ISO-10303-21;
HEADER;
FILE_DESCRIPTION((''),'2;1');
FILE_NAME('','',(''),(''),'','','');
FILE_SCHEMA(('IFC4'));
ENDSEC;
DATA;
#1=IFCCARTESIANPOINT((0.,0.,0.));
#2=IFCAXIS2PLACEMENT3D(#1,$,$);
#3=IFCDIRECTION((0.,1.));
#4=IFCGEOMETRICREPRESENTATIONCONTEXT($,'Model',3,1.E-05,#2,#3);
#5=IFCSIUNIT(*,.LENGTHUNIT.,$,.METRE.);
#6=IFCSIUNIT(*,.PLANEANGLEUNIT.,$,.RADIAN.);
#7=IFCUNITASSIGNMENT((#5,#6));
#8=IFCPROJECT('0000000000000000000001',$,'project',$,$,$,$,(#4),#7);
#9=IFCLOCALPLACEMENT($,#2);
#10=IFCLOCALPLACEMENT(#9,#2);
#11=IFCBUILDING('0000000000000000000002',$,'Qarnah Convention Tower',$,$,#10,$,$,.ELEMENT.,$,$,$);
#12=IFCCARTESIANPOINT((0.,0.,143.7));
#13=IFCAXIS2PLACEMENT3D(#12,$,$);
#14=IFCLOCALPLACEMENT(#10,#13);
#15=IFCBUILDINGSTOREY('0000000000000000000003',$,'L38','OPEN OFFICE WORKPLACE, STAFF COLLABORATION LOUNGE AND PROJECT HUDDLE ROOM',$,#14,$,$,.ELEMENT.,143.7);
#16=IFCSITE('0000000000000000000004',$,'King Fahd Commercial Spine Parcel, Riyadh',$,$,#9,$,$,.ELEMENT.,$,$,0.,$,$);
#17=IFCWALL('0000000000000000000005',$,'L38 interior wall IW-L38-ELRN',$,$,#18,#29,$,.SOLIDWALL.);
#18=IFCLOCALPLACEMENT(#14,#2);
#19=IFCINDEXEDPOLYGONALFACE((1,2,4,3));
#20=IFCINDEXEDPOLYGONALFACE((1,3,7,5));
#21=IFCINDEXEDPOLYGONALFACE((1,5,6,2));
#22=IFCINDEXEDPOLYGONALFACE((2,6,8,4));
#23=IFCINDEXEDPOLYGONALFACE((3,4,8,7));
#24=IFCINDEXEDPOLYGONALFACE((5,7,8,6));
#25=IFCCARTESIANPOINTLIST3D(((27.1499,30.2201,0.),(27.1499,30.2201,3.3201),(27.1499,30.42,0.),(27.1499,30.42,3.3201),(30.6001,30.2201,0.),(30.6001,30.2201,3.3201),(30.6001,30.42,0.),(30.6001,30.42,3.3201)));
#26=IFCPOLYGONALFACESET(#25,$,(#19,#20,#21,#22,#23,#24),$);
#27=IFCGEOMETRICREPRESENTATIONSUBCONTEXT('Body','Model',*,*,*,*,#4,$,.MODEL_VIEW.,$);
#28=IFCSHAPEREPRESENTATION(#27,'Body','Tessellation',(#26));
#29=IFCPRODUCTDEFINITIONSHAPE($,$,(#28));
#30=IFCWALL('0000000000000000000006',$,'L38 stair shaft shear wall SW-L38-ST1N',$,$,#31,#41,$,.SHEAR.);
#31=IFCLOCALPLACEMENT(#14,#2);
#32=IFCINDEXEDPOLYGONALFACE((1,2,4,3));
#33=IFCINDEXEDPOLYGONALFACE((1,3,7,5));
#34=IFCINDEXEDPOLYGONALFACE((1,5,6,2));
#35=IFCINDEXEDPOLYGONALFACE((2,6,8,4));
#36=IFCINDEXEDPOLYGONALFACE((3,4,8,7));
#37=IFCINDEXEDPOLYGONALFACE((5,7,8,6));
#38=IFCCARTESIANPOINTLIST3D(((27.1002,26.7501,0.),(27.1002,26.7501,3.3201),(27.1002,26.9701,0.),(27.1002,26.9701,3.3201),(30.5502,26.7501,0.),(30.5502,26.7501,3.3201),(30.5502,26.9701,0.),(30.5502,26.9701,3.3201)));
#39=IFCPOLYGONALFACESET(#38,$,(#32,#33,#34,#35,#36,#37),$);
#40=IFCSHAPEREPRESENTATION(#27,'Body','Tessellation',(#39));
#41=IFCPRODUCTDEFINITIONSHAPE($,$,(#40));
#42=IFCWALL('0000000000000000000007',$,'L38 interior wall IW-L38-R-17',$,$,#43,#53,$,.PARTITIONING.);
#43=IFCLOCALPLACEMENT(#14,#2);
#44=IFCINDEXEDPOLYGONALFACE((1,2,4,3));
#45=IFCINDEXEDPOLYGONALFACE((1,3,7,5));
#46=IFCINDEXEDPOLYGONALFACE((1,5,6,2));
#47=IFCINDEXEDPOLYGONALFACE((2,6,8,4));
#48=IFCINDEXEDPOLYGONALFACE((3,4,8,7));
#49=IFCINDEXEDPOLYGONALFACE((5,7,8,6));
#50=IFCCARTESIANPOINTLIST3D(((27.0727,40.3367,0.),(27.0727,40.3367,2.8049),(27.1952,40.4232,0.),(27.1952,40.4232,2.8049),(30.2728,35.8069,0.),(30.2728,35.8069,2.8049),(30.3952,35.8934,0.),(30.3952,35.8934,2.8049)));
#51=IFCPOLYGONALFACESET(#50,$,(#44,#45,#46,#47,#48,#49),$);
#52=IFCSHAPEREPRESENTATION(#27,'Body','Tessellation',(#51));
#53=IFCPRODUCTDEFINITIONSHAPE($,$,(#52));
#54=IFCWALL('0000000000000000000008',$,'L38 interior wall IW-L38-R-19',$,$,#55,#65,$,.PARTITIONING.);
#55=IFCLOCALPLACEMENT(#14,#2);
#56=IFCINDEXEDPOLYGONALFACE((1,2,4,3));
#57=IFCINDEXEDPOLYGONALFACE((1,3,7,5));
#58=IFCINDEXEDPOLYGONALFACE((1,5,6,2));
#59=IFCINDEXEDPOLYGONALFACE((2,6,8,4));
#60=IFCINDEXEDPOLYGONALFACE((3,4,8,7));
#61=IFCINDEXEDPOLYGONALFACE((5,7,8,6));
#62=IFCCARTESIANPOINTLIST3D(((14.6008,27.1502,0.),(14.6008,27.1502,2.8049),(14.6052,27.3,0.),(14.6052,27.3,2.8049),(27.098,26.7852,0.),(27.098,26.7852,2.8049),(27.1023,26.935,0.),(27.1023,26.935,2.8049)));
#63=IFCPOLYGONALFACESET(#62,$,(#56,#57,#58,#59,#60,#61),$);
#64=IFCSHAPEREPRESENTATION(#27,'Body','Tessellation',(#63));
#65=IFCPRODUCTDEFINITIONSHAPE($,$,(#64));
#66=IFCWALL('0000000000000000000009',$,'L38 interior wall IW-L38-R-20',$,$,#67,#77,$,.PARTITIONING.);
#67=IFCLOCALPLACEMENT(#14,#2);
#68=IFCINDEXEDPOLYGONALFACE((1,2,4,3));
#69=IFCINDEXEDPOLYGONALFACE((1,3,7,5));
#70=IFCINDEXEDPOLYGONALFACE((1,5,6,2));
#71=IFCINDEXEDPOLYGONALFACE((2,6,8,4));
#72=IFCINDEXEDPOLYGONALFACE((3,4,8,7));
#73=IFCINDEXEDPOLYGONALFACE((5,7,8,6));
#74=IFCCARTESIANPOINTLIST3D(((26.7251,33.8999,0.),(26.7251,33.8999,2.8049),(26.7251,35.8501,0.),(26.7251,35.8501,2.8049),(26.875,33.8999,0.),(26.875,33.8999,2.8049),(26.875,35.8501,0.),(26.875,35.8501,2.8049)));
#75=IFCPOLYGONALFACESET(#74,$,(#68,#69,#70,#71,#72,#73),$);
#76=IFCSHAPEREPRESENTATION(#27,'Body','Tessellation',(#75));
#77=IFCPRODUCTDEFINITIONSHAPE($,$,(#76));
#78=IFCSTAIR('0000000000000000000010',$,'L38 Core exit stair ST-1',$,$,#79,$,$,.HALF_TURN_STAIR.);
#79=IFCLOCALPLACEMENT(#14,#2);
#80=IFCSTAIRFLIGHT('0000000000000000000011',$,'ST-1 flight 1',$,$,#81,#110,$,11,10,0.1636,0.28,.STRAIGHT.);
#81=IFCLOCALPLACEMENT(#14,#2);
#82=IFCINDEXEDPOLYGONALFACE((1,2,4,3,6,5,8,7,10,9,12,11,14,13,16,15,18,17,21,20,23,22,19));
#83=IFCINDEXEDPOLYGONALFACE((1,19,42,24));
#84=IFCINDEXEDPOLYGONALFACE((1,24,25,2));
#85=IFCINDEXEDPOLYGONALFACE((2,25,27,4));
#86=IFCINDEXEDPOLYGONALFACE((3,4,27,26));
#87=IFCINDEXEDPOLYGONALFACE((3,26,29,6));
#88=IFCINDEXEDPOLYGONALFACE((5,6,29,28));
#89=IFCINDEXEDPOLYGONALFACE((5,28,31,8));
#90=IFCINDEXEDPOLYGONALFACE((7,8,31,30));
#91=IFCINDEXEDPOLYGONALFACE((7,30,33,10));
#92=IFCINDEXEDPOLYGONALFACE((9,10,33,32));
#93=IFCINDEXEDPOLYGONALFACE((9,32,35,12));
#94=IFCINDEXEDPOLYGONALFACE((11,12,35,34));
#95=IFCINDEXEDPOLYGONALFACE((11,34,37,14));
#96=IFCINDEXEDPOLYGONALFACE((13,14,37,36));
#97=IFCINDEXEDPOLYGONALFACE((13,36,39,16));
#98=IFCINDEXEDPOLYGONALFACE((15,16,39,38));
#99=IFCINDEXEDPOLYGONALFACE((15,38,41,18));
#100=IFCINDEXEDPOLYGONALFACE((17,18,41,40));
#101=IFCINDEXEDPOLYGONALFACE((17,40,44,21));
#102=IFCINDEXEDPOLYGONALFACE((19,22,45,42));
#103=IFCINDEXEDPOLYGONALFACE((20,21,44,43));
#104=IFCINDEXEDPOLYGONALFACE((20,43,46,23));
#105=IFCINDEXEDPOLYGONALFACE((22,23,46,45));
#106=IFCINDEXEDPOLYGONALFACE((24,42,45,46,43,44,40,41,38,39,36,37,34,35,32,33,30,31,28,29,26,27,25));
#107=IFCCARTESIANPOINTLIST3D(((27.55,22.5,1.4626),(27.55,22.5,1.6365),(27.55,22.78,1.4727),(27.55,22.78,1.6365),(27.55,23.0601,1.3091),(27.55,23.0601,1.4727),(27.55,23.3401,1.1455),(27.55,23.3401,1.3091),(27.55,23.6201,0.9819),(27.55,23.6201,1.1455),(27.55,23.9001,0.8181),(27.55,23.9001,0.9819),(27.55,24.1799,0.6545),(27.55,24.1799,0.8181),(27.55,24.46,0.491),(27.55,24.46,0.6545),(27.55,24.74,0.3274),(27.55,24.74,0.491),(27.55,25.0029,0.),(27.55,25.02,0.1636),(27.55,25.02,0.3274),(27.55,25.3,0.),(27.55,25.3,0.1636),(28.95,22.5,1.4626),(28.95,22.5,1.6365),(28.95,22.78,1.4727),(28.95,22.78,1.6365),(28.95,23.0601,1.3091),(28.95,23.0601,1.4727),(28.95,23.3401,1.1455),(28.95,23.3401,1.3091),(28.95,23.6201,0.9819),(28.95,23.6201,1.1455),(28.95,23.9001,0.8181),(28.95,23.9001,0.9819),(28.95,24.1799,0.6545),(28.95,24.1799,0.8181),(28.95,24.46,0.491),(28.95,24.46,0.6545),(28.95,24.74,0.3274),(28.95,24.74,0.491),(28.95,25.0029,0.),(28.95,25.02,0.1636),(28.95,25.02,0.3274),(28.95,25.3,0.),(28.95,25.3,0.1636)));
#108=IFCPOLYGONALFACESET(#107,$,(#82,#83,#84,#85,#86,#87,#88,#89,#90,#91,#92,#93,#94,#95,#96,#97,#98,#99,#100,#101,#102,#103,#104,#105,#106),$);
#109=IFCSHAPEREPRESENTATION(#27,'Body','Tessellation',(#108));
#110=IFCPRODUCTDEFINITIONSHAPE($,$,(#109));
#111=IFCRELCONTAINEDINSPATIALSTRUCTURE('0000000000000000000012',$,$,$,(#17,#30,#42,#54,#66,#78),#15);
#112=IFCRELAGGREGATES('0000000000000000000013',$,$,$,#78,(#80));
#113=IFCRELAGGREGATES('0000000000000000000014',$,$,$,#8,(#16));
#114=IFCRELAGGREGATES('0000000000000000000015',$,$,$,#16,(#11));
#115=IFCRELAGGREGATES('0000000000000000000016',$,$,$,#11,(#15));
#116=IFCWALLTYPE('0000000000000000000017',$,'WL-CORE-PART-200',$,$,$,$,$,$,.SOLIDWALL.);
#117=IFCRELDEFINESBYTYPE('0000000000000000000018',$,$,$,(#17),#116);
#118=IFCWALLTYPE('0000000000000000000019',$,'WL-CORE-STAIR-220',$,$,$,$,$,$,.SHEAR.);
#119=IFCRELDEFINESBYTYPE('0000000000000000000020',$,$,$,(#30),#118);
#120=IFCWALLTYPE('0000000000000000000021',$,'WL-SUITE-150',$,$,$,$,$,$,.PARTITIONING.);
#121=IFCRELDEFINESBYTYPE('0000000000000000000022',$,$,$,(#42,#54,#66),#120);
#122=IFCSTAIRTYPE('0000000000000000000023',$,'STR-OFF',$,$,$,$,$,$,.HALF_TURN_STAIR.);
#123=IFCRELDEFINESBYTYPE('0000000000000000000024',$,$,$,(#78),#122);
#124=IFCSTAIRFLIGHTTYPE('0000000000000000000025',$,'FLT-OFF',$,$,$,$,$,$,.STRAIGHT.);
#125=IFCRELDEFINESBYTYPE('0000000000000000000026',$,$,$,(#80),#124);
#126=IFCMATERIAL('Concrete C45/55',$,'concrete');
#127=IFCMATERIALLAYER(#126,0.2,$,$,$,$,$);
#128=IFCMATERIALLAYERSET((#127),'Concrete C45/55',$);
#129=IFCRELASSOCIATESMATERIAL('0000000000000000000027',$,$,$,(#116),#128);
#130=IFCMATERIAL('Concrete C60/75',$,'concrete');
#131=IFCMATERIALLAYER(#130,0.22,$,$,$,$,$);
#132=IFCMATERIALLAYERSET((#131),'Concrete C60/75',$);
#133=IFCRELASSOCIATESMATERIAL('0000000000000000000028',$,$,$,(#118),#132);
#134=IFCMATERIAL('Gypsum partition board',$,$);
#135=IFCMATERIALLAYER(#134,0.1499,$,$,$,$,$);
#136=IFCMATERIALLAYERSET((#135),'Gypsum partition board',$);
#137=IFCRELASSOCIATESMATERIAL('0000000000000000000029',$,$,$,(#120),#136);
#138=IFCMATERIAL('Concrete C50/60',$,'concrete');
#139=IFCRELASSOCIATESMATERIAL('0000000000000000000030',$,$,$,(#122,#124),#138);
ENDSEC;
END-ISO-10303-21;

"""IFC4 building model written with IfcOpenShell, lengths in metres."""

from ifc_helpers import new_model, si_unit, direction, frame, frame_2d, origin, place, context, subcontext, project, spatial, polyline, rectangle, outline, extrude, material, layer, layer_set, type_object, element, aggregate, save


model = new_model("IFC4")

# Units and contexts
model_context = context("Model", 3, precision=1e-05, world=origin(), true_north=direction((0.0, 1.0)))
body_context = subcontext(model_context, "Body", "Model", "MODEL_VIEW")
ifc_project = project(units=[si_unit("LENGTHUNIT", "METRE"), si_unit("PLANEANGLEUNIT", "RADIAN")], contexts=[model_context])

# Site, building, storey
site_placement = place(None, origin())
site = spatial("IfcSite", under=ifc_project, at=site_placement, Name="King Fahd Commercial Spine Parcel, Riyadh", CompositionType="ELEMENT", RefElevation=0.0)
building_placement = place(site_placement, origin())
building = spatial("IfcBuilding", under=site, at=building_placement, Name="Qarnah Convention Tower", CompositionType="ELEMENT")
storey_placement = place(building_placement, frame((0.0, 0.0, 143.7)))
storey = spatial("IfcBuildingStorey", under=building, at=storey_placement, Name="L38", Description="OPEN OFFICE WORKPLACE, STAFF COLLABORATION LOUNGE AND PROJECT HUDDLE ROOM", CompositionType="ELEMENT", Elevation=143.7)

# Shared definitions
ifc_material_1 = material(Name="Concrete C60/75", Category="concrete")

# Walls
ifc_material_2 = material(Name="Concrete C45/55", Category="concrete")
ifc_layer_1 = layer(ifc_material_2, 0.2)
ifc_layer_set_1 = layer_set([ifc_layer_1], Name="Concrete C45/55")
wall_type_1 = type_object("IfcWallType", Name="WL-CORE-PART-200", PredefinedType="SOLIDWALL", material=ifc_layer_set_1)
wall_1_placement = place(storey_placement, frame((27.1499, 30.3201, 0.0), z_axis=(0.0, 0.0, 1.0), x_axis=(1.0, 0.0, 0.0)))
element("IfcWall", 1, at=wall_1_placement, inside=storey, type_object=wall_type_1, Name="L38 interior wall IW-L38-ELRN", PredefinedType="SOLIDWALL", context=body_context, shape_type="SweptSolid", body=[
    extrude(rectangle(XDim=3.4502, YDim=0.2, at=frame_2d((1.7251, 0.0))), origin(), (0.0, 0.0, 1.0), 3.3201),
])
ifc_layer_2 = layer(ifc_material_1, 0.22)
ifc_layer_set_2 = layer_set([ifc_layer_2], Name="Concrete C60/75")
wall_type_2 = type_object("IfcWallType", Name="WL-CORE-STAIR-220", PredefinedType="SHEAR", material=ifc_layer_set_2)
wall_2_placement = place(storey_placement, frame((27.1001, 26.8601, 0.0), z_axis=(0.0, 0.0, 1.0), x_axis=(1.0, 0.0, 0.0)))
element("IfcWall", 2, at=wall_2_placement, inside=storey, type_object=wall_type_2, Name="L38 stair shaft shear wall SW-L38-ST1N", PredefinedType="SHEAR", context=body_context, shape_type="SweptSolid", body=[
    extrude(rectangle(XDim=3.45, YDim=0.22, at=frame_2d((1.7251, 0.0))), origin(), (0.0, 0.0, 1.0), 3.3201),
])

# Walls
ifc_material_3 = material(Name="Gypsum partition board")
ifc_layer_3 = layer(ifc_material_3, 0.1499)
ifc_layer_set_3 = layer_set([ifc_layer_3], Name="Gypsum partition board")
wall_type_3 = type_object("IfcWallType", Name="WL-SUITE-150", PredefinedType="PARTITIONING", material=ifc_layer_set_3)
wall_3_placement = place(storey_placement, frame((27.134, 40.3799, 0.0), z_axis=(0.0, 0.0, 1.0), x_axis=(0.576979, -0.816759, 0.0)))
element("IfcWall", 3, at=wall_3_placement, inside=storey, type_object=wall_type_3, Name="L38 interior wall IW-L38-R-17", PredefinedType="PARTITIONING", context=body_context, shape_type="SweptSolid", body=[
    extrude(rectangle(XDim=5.5461, YDim=0.1499, at=frame_2d((2.7729, 0.0))), origin(), (0.0, 0.0, 1.0), 2.8049),
])
wall_4_placement = place(storey_placement, frame((14.603, 27.2251, 0.0), z_axis=(0.0, 0.0, 1.0), x_axis=(0.999574, -0.029194, 0.0)))
element("IfcWall", 4, at=wall_4_placement, inside=storey, type_object=wall_type_3, Name="L38 interior wall IW-L38-R-19", PredefinedType="PARTITIONING", context=body_context, shape_type="SweptSolid", body=[
    extrude(rectangle(XDim=12.5024, YDim=0.1499, at=frame_2d((6.2512, 0.0))), origin(), (0.0, 0.0, 1.0), 2.8049),
])
wall_5_placement = place(storey_placement, frame((26.8, 33.8999, 0.0), z_axis=(0.0, 0.0, 1.0), x_axis=(0.0, 1.0, 0.0)))
element("IfcWall", 5, at=wall_5_placement, inside=storey, type_object=wall_type_3, Name="L38 interior wall IW-L38-R-20", PredefinedType="PARTITIONING", context=body_context, shape_type="SweptSolid", body=[
    extrude(rectangle(XDim=1.9502, YDim=0.1499, at=frame_2d((0.9751, 0.0))), origin(), (0.0, 0.0, 1.0), 2.8049),
])

# Stair, stair flight
ifc_material_4 = material(Name="Concrete C50/60", Category="concrete")
stair_type = type_object("IfcStairType", Name="STR-OFF", PredefinedType="HALF_TURN_STAIR", material=ifc_material_4)
stair_placement = place(storey_placement, origin())
stair = element("IfcStair", 6, at=stair_placement, inside=storey, type_object=stair_type, Name="L38 Core exit stair ST-1", PredefinedType="HALF_TURN_STAIR")
stair_flight_type = type_object("IfcStairFlightType", Name="FLT-OFF", PredefinedType="STRAIGHT", material=ifc_material_4)
stair_flight_placement = place(storey_placement, frame((28.25, 25.3, 0.0), z_axis=(0.0, 0.0, 1.0), x_axis=(0.0, -1.0, 0.0)))
stair_flight = element("IfcStairFlight", 7, at=stair_flight_placement, type_object=stair_flight_type, Name="ST-1 flight 1", NumberOfRisers=11, NumberOfTreads=10, PredefinedType="STRAIGHT", RiserHeight=0.1636, TreadLength=0.28, context=body_context, shape_type="SweptSolid", body=[
    extrude(outline(polyline([(0.0, 0.0), (0.0, 0.1636), (0.28, 0.1636), (0.28, 0.3274), (0.5601, 0.3274), (0.5601, 0.491), (0.8401, 0.491), (0.8401, 0.6545), (1.1201, 0.6545), (1.1201, 0.8181), (1.3999, 0.8181), (1.3999, 0.9819), (1.6799, 0.9819), (1.6799, 1.1455), (1.96, 1.1455), (1.96, 1.3091), (2.24, 1.3091), (2.24, 1.4727), (2.52, 1.4727), (2.52, 1.6365), (2.8, 1.6365), (2.8, 1.8), (2.8, 1.4626), (0.2971, 0.0), (0.0, 0.0)])), frame((0.0, 0.7, 0.0), z_axis=(0.0, -1.0, 0.0), x_axis=(1.0, 0.0, 0.0)), (0.0, 0.0, 1.0), 1.3999),
])
aggregate(stair, [stair_flight])

save(model, "model.ifc")
